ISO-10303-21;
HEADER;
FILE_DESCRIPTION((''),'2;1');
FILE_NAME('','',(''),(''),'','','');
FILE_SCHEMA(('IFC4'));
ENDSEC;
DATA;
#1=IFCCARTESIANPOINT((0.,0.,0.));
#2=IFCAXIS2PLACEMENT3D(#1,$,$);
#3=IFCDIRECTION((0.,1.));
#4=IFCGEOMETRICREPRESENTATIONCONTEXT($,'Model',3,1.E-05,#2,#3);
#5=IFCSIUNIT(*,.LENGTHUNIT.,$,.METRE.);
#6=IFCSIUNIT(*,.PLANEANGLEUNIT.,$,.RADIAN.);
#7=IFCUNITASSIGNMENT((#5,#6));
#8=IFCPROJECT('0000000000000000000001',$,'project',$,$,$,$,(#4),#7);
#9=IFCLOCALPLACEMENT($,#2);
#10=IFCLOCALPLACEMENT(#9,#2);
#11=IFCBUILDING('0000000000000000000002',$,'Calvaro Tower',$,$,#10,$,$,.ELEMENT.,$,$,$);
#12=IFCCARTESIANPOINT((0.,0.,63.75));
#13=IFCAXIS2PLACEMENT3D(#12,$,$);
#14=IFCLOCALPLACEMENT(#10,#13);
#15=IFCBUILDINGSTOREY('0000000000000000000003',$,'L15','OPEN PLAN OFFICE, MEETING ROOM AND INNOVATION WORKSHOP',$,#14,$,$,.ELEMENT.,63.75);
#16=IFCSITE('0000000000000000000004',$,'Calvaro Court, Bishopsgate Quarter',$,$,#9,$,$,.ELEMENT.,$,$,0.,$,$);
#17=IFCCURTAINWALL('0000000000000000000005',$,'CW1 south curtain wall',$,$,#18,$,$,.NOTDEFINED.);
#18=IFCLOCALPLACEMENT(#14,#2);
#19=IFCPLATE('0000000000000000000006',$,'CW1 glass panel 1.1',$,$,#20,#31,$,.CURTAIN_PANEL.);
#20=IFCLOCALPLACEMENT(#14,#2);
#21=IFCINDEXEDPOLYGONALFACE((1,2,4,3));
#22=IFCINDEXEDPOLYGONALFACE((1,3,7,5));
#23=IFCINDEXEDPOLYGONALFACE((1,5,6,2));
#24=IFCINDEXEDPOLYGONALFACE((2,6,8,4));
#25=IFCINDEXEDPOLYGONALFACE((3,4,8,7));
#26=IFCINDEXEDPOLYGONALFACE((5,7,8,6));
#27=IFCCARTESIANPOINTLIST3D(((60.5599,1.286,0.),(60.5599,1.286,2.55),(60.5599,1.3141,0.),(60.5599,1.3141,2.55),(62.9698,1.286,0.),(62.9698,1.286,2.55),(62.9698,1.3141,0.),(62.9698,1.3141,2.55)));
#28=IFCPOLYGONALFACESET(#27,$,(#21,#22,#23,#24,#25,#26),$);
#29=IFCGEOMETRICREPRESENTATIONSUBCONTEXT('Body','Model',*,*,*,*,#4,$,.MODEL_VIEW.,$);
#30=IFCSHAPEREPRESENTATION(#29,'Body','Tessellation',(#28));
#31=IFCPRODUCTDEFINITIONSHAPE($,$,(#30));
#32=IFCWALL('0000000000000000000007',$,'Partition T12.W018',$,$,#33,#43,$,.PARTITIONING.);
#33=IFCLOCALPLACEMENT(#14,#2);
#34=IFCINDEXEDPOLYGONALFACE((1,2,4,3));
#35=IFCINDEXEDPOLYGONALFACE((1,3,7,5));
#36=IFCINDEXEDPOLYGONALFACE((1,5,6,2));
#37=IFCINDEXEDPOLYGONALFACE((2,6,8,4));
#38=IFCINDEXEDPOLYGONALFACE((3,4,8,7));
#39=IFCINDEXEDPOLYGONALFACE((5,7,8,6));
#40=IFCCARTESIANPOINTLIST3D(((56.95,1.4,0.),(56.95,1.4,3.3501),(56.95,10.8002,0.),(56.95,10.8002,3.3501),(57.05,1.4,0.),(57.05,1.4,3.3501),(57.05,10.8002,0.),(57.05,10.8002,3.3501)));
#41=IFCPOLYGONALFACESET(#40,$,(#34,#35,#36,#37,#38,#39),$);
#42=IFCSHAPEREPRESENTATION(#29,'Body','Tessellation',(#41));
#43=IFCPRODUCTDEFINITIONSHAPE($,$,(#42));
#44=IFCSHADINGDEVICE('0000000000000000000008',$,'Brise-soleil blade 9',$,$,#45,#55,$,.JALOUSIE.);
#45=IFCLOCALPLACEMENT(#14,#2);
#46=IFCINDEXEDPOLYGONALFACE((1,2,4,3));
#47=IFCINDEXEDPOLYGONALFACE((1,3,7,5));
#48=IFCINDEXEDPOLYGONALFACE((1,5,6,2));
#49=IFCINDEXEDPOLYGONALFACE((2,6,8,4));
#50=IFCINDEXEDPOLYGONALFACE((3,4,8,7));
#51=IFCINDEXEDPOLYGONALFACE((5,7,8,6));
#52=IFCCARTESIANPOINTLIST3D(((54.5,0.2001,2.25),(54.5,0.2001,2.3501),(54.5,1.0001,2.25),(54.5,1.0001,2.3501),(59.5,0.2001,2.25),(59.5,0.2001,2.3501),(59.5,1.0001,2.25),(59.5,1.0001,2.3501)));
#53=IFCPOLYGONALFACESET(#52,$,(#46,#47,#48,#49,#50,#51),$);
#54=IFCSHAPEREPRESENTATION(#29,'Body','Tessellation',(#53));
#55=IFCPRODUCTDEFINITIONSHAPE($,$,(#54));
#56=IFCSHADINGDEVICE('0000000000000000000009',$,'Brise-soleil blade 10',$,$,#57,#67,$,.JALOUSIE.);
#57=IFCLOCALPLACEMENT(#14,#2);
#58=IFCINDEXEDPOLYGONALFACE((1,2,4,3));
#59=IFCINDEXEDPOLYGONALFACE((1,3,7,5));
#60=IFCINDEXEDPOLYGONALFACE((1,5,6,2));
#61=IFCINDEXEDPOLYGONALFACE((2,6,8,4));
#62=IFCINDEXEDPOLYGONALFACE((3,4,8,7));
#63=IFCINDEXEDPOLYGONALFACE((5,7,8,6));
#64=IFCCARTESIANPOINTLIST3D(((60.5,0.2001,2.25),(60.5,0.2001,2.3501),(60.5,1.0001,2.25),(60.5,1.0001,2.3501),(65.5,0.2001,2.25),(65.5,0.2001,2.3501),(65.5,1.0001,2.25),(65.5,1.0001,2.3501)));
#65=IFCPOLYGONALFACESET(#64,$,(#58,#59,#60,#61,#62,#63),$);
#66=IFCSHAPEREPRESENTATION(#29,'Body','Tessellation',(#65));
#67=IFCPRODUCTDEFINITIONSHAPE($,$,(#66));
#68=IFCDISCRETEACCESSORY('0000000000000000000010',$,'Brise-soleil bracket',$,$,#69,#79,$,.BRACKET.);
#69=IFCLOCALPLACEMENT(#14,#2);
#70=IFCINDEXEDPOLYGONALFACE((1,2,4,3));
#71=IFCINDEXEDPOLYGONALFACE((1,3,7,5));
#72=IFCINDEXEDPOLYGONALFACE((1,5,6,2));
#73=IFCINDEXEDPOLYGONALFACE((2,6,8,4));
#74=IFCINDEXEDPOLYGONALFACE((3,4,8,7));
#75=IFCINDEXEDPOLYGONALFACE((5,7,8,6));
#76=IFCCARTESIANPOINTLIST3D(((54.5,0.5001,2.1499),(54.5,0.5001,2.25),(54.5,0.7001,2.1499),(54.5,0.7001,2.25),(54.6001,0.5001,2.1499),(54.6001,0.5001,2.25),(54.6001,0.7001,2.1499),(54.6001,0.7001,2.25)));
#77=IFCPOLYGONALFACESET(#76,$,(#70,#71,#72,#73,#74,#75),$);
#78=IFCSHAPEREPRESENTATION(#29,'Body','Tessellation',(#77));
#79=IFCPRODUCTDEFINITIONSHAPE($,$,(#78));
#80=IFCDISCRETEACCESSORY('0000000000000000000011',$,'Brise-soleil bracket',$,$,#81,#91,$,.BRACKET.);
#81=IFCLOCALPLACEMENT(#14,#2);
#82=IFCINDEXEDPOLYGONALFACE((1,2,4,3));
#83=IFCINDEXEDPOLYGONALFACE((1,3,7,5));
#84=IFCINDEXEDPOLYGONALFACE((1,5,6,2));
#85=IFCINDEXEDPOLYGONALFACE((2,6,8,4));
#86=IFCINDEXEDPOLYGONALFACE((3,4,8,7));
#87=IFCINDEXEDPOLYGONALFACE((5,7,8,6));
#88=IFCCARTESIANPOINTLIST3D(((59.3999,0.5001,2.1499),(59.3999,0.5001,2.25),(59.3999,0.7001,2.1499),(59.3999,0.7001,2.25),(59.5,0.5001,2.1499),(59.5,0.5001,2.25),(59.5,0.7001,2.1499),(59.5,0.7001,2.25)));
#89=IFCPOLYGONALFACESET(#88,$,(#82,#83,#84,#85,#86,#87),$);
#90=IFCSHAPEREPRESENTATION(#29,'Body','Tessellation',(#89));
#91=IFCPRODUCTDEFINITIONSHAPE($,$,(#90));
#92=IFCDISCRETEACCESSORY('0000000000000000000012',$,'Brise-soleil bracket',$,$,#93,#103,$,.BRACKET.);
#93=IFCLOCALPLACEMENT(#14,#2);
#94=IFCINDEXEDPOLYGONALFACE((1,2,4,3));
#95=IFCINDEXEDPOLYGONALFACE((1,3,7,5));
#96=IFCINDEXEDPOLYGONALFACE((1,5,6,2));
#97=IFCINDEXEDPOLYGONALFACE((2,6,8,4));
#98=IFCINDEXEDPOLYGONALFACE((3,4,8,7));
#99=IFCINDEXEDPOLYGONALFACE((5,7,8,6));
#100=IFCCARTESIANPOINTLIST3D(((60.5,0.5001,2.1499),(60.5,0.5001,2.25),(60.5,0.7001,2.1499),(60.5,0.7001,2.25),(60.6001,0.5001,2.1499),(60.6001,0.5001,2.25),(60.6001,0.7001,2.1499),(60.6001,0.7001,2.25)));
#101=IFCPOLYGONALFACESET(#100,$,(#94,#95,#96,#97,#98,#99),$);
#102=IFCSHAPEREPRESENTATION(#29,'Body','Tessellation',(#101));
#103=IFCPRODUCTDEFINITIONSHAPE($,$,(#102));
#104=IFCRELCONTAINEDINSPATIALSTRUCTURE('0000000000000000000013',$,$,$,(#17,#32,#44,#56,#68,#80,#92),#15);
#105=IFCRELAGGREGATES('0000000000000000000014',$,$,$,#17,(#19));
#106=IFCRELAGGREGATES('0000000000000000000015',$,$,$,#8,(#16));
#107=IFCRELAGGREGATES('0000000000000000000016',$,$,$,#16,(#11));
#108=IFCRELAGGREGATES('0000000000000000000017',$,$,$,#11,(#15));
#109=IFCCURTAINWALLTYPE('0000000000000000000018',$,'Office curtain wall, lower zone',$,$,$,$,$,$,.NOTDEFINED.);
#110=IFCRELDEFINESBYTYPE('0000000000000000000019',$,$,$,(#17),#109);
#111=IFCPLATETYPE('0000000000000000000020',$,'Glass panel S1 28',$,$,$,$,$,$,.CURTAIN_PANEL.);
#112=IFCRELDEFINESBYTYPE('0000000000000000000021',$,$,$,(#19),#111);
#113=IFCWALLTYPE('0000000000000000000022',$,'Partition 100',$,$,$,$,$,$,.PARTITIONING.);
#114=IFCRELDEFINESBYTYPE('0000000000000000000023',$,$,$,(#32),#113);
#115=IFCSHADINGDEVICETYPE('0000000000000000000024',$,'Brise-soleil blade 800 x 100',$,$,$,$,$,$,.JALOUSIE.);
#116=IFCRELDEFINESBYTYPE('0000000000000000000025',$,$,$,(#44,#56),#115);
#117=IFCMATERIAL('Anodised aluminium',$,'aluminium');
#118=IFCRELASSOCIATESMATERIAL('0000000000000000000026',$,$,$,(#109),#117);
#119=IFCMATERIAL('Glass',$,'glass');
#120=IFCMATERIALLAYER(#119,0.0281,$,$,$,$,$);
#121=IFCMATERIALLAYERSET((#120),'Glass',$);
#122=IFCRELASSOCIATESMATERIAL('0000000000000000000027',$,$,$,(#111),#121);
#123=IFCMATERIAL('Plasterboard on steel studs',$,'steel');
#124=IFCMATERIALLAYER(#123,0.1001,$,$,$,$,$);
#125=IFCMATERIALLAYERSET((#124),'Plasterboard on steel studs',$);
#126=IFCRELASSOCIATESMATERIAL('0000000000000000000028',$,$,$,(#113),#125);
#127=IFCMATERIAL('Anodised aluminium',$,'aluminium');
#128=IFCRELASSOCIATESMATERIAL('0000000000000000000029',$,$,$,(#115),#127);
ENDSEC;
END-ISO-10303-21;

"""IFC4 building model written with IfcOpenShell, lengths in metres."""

from ifc_helpers import new_model, si_unit, direction, frame, frame_2d, origin, origin_2d, place, context, subcontext, project, spatial, rectangle, extrude, material, layer, layer_set, material_profile, profile_set, type_object, element, aggregate, save


model = new_model("IFC4")

# Units and contexts
model_context = context("Model", 3, precision=1e-05, world=origin(), true_north=direction((0.0, 1.0)))
body_context = subcontext(model_context, "Body", "Model", "MODEL_VIEW")
ifc_project = project(units=[si_unit("LENGTHUNIT", "METRE"), si_unit("PLANEANGLEUNIT", "RADIAN")], contexts=[model_context])

# Site, building, storey
site_placement = place(None, origin())
site = spatial("IfcSite", under=ifc_project, at=site_placement, Name="Calvaro Court, Bishopsgate Quarter", CompositionType="ELEMENT", RefElevation=0.0)
building_placement = place(site_placement, origin())
building = spatial("IfcBuilding", under=site, at=building_placement, Name="Calvaro Tower", CompositionType="ELEMENT")
storey_placement = place(building_placement, frame((0.0, 0.0, 63.75)))
storey = spatial("IfcBuildingStorey", under=building, at=storey_placement, Name="L15", Description="OPEN PLAN OFFICE, MEETING ROOM AND INNOVATION WORKSHOP", CompositionType="ELEMENT", Elevation=63.75)

# Curtain wall
ifc_material_1 = material(Name="Anodised aluminium", Category="aluminium")
curtain_wall_type = type_object("IfcCurtainWallType", Name="Office curtain wall, lower zone", PredefinedType="NOTDEFINED", material=ifc_material_1)
curtain_wall_1_placement = place(storey_placement, origin())
curtain_wall_1 = element("IfcCurtainWall", 1, at=curtain_wall_1_placement, inside=storey, type_object=curtain_wall_type, Name="CW1 south curtain wall", PredefinedType="NOTDEFINED")

# Plate
ifc_material_2 = material(Name="Glass", Category="glass")
ifc_layer_1 = layer(ifc_material_2, 0.0281)
ifc_layer_set_1 = layer_set([ifc_layer_1], Name="Glass")
plate_type = type_object("IfcPlateType", Name="Glass panel S1 28", PredefinedType="CURTAIN_PANEL", material=ifc_layer_set_1)
plate_1_placement = place(storey_placement, frame((61.7649, 1.3, 0.0), z_axis=(0.0, 0.0, 1.0), x_axis=(1.0, 0.0, 0.0)))
plate_1 = element("IfcPlate", 2, at=plate_1_placement, type_object=plate_type, Name="CW1 glass panel 1.1", PredefinedType="CURTAIN_PANEL", context=body_context, shape_type="SweptSolid", body=[
    extrude(rectangle(XDim=2.4099, YDim=0.0281, at=origin_2d()), origin(), (0.0, 0.0, 1.0), 2.55),
])
aggregate(curtain_wall_1, [plate_1])

# Wall
ifc_material_3 = material(Name="Plasterboard on steel studs", Category="steel")
ifc_layer_2 = layer(ifc_material_3, 0.1001)
ifc_layer_set_2 = layer_set([ifc_layer_2], Name="Plasterboard on steel studs")
wall_type = type_object("IfcWallType", Name="Partition 100", PredefinedType="PARTITIONING", material=ifc_layer_set_2)
wall_placement = place(storey_placement, frame((57.0, 1.3999, 0.0), z_axis=(0.0, 0.0, 1.0), x_axis=(0.0, 1.0, 0.0)))
element("IfcWall", 3, at=wall_placement, inside=storey, type_object=wall_type, Name="Partition T12.W018", PredefinedType="PARTITIONING", context=body_context, shape_type="SweptSolid", body=[
    extrude(rectangle(XDim=9.4001, YDim=0.1001, at=frame_2d((4.7002, 0.0))), origin(), (0.0, 0.0, 1.0), 3.3501),
])

# Shading devices
ifc_material_4 = material(Name="Anodised aluminium", Category="aluminium")
ifc_material_profile_1 = material_profile(ifc_material_4, rectangle(XDim=0.8, YDim=0.1001, at=origin_2d()), Name="Brise-soleil blade 800 x 100")
ifc_profile_set_1 = profile_set([ifc_material_profile_1], Name="Anodised aluminium")
shading_device_type = type_object("IfcShadingDeviceType", Name="Brise-soleil blade 800 x 100", PredefinedType="JALOUSIE", material=ifc_profile_set_1)
for number, where, z_axis, x_axis, name in (
    (4, (54.5, 0.6001, 2.3), (1.0, 0.0, 0.0), (0.0, 1.0, 0.0), "Brise-soleil blade 9"),
    (5, (60.5, 0.6001, 2.3), (1.0, 0.0, 0.0), (0.0, 1.0, 0.0), "Brise-soleil blade 10"),
):
    element("IfcShadingDevice", number, at=place(storey_placement, frame(where, z_axis=z_axis, x_axis=x_axis)), inside=storey, type_object=shading_device_type, Name=name, PredefinedType="JALOUSIE", context=body_context, shape_type="SweptSolid", body=[
        extrude(rectangle(XDim=0.8, YDim=0.1001, at=origin_2d()), origin(), (0.0, 0.0, 1.0), 5.0),
    ])

# Discrete accessories
for number, where, z_axis, x_axis, name in (
    (6, (54.55, 0.6001, 2.1499), (0.0, 0.0, 1.0), (1.0, 0.0, 0.0), "Brise-soleil bracket"),
    (7, (59.45, 0.6001, 2.1499), (0.0, 0.0, 1.0), (1.0, 0.0, 0.0), "Brise-soleil bracket"),
    (8, (60.55, 0.6001, 2.1499), (0.0, 0.0, 1.0), (1.0, 0.0, 0.0), "Brise-soleil bracket"),
):
    element("IfcDiscreteAccessory", number, at=place(storey_placement, frame(where, z_axis=z_axis, x_axis=x_axis)), inside=storey, Name=name, PredefinedType="BRACKET", context=body_context, shape_type="SweptSolid", body=[
        extrude(rectangle(XDim=0.1001, YDim=0.2, at=origin_2d()), origin(), (0.0, 0.0, 1.0), 0.1001),
    ])

save(model, "model.ifc")
